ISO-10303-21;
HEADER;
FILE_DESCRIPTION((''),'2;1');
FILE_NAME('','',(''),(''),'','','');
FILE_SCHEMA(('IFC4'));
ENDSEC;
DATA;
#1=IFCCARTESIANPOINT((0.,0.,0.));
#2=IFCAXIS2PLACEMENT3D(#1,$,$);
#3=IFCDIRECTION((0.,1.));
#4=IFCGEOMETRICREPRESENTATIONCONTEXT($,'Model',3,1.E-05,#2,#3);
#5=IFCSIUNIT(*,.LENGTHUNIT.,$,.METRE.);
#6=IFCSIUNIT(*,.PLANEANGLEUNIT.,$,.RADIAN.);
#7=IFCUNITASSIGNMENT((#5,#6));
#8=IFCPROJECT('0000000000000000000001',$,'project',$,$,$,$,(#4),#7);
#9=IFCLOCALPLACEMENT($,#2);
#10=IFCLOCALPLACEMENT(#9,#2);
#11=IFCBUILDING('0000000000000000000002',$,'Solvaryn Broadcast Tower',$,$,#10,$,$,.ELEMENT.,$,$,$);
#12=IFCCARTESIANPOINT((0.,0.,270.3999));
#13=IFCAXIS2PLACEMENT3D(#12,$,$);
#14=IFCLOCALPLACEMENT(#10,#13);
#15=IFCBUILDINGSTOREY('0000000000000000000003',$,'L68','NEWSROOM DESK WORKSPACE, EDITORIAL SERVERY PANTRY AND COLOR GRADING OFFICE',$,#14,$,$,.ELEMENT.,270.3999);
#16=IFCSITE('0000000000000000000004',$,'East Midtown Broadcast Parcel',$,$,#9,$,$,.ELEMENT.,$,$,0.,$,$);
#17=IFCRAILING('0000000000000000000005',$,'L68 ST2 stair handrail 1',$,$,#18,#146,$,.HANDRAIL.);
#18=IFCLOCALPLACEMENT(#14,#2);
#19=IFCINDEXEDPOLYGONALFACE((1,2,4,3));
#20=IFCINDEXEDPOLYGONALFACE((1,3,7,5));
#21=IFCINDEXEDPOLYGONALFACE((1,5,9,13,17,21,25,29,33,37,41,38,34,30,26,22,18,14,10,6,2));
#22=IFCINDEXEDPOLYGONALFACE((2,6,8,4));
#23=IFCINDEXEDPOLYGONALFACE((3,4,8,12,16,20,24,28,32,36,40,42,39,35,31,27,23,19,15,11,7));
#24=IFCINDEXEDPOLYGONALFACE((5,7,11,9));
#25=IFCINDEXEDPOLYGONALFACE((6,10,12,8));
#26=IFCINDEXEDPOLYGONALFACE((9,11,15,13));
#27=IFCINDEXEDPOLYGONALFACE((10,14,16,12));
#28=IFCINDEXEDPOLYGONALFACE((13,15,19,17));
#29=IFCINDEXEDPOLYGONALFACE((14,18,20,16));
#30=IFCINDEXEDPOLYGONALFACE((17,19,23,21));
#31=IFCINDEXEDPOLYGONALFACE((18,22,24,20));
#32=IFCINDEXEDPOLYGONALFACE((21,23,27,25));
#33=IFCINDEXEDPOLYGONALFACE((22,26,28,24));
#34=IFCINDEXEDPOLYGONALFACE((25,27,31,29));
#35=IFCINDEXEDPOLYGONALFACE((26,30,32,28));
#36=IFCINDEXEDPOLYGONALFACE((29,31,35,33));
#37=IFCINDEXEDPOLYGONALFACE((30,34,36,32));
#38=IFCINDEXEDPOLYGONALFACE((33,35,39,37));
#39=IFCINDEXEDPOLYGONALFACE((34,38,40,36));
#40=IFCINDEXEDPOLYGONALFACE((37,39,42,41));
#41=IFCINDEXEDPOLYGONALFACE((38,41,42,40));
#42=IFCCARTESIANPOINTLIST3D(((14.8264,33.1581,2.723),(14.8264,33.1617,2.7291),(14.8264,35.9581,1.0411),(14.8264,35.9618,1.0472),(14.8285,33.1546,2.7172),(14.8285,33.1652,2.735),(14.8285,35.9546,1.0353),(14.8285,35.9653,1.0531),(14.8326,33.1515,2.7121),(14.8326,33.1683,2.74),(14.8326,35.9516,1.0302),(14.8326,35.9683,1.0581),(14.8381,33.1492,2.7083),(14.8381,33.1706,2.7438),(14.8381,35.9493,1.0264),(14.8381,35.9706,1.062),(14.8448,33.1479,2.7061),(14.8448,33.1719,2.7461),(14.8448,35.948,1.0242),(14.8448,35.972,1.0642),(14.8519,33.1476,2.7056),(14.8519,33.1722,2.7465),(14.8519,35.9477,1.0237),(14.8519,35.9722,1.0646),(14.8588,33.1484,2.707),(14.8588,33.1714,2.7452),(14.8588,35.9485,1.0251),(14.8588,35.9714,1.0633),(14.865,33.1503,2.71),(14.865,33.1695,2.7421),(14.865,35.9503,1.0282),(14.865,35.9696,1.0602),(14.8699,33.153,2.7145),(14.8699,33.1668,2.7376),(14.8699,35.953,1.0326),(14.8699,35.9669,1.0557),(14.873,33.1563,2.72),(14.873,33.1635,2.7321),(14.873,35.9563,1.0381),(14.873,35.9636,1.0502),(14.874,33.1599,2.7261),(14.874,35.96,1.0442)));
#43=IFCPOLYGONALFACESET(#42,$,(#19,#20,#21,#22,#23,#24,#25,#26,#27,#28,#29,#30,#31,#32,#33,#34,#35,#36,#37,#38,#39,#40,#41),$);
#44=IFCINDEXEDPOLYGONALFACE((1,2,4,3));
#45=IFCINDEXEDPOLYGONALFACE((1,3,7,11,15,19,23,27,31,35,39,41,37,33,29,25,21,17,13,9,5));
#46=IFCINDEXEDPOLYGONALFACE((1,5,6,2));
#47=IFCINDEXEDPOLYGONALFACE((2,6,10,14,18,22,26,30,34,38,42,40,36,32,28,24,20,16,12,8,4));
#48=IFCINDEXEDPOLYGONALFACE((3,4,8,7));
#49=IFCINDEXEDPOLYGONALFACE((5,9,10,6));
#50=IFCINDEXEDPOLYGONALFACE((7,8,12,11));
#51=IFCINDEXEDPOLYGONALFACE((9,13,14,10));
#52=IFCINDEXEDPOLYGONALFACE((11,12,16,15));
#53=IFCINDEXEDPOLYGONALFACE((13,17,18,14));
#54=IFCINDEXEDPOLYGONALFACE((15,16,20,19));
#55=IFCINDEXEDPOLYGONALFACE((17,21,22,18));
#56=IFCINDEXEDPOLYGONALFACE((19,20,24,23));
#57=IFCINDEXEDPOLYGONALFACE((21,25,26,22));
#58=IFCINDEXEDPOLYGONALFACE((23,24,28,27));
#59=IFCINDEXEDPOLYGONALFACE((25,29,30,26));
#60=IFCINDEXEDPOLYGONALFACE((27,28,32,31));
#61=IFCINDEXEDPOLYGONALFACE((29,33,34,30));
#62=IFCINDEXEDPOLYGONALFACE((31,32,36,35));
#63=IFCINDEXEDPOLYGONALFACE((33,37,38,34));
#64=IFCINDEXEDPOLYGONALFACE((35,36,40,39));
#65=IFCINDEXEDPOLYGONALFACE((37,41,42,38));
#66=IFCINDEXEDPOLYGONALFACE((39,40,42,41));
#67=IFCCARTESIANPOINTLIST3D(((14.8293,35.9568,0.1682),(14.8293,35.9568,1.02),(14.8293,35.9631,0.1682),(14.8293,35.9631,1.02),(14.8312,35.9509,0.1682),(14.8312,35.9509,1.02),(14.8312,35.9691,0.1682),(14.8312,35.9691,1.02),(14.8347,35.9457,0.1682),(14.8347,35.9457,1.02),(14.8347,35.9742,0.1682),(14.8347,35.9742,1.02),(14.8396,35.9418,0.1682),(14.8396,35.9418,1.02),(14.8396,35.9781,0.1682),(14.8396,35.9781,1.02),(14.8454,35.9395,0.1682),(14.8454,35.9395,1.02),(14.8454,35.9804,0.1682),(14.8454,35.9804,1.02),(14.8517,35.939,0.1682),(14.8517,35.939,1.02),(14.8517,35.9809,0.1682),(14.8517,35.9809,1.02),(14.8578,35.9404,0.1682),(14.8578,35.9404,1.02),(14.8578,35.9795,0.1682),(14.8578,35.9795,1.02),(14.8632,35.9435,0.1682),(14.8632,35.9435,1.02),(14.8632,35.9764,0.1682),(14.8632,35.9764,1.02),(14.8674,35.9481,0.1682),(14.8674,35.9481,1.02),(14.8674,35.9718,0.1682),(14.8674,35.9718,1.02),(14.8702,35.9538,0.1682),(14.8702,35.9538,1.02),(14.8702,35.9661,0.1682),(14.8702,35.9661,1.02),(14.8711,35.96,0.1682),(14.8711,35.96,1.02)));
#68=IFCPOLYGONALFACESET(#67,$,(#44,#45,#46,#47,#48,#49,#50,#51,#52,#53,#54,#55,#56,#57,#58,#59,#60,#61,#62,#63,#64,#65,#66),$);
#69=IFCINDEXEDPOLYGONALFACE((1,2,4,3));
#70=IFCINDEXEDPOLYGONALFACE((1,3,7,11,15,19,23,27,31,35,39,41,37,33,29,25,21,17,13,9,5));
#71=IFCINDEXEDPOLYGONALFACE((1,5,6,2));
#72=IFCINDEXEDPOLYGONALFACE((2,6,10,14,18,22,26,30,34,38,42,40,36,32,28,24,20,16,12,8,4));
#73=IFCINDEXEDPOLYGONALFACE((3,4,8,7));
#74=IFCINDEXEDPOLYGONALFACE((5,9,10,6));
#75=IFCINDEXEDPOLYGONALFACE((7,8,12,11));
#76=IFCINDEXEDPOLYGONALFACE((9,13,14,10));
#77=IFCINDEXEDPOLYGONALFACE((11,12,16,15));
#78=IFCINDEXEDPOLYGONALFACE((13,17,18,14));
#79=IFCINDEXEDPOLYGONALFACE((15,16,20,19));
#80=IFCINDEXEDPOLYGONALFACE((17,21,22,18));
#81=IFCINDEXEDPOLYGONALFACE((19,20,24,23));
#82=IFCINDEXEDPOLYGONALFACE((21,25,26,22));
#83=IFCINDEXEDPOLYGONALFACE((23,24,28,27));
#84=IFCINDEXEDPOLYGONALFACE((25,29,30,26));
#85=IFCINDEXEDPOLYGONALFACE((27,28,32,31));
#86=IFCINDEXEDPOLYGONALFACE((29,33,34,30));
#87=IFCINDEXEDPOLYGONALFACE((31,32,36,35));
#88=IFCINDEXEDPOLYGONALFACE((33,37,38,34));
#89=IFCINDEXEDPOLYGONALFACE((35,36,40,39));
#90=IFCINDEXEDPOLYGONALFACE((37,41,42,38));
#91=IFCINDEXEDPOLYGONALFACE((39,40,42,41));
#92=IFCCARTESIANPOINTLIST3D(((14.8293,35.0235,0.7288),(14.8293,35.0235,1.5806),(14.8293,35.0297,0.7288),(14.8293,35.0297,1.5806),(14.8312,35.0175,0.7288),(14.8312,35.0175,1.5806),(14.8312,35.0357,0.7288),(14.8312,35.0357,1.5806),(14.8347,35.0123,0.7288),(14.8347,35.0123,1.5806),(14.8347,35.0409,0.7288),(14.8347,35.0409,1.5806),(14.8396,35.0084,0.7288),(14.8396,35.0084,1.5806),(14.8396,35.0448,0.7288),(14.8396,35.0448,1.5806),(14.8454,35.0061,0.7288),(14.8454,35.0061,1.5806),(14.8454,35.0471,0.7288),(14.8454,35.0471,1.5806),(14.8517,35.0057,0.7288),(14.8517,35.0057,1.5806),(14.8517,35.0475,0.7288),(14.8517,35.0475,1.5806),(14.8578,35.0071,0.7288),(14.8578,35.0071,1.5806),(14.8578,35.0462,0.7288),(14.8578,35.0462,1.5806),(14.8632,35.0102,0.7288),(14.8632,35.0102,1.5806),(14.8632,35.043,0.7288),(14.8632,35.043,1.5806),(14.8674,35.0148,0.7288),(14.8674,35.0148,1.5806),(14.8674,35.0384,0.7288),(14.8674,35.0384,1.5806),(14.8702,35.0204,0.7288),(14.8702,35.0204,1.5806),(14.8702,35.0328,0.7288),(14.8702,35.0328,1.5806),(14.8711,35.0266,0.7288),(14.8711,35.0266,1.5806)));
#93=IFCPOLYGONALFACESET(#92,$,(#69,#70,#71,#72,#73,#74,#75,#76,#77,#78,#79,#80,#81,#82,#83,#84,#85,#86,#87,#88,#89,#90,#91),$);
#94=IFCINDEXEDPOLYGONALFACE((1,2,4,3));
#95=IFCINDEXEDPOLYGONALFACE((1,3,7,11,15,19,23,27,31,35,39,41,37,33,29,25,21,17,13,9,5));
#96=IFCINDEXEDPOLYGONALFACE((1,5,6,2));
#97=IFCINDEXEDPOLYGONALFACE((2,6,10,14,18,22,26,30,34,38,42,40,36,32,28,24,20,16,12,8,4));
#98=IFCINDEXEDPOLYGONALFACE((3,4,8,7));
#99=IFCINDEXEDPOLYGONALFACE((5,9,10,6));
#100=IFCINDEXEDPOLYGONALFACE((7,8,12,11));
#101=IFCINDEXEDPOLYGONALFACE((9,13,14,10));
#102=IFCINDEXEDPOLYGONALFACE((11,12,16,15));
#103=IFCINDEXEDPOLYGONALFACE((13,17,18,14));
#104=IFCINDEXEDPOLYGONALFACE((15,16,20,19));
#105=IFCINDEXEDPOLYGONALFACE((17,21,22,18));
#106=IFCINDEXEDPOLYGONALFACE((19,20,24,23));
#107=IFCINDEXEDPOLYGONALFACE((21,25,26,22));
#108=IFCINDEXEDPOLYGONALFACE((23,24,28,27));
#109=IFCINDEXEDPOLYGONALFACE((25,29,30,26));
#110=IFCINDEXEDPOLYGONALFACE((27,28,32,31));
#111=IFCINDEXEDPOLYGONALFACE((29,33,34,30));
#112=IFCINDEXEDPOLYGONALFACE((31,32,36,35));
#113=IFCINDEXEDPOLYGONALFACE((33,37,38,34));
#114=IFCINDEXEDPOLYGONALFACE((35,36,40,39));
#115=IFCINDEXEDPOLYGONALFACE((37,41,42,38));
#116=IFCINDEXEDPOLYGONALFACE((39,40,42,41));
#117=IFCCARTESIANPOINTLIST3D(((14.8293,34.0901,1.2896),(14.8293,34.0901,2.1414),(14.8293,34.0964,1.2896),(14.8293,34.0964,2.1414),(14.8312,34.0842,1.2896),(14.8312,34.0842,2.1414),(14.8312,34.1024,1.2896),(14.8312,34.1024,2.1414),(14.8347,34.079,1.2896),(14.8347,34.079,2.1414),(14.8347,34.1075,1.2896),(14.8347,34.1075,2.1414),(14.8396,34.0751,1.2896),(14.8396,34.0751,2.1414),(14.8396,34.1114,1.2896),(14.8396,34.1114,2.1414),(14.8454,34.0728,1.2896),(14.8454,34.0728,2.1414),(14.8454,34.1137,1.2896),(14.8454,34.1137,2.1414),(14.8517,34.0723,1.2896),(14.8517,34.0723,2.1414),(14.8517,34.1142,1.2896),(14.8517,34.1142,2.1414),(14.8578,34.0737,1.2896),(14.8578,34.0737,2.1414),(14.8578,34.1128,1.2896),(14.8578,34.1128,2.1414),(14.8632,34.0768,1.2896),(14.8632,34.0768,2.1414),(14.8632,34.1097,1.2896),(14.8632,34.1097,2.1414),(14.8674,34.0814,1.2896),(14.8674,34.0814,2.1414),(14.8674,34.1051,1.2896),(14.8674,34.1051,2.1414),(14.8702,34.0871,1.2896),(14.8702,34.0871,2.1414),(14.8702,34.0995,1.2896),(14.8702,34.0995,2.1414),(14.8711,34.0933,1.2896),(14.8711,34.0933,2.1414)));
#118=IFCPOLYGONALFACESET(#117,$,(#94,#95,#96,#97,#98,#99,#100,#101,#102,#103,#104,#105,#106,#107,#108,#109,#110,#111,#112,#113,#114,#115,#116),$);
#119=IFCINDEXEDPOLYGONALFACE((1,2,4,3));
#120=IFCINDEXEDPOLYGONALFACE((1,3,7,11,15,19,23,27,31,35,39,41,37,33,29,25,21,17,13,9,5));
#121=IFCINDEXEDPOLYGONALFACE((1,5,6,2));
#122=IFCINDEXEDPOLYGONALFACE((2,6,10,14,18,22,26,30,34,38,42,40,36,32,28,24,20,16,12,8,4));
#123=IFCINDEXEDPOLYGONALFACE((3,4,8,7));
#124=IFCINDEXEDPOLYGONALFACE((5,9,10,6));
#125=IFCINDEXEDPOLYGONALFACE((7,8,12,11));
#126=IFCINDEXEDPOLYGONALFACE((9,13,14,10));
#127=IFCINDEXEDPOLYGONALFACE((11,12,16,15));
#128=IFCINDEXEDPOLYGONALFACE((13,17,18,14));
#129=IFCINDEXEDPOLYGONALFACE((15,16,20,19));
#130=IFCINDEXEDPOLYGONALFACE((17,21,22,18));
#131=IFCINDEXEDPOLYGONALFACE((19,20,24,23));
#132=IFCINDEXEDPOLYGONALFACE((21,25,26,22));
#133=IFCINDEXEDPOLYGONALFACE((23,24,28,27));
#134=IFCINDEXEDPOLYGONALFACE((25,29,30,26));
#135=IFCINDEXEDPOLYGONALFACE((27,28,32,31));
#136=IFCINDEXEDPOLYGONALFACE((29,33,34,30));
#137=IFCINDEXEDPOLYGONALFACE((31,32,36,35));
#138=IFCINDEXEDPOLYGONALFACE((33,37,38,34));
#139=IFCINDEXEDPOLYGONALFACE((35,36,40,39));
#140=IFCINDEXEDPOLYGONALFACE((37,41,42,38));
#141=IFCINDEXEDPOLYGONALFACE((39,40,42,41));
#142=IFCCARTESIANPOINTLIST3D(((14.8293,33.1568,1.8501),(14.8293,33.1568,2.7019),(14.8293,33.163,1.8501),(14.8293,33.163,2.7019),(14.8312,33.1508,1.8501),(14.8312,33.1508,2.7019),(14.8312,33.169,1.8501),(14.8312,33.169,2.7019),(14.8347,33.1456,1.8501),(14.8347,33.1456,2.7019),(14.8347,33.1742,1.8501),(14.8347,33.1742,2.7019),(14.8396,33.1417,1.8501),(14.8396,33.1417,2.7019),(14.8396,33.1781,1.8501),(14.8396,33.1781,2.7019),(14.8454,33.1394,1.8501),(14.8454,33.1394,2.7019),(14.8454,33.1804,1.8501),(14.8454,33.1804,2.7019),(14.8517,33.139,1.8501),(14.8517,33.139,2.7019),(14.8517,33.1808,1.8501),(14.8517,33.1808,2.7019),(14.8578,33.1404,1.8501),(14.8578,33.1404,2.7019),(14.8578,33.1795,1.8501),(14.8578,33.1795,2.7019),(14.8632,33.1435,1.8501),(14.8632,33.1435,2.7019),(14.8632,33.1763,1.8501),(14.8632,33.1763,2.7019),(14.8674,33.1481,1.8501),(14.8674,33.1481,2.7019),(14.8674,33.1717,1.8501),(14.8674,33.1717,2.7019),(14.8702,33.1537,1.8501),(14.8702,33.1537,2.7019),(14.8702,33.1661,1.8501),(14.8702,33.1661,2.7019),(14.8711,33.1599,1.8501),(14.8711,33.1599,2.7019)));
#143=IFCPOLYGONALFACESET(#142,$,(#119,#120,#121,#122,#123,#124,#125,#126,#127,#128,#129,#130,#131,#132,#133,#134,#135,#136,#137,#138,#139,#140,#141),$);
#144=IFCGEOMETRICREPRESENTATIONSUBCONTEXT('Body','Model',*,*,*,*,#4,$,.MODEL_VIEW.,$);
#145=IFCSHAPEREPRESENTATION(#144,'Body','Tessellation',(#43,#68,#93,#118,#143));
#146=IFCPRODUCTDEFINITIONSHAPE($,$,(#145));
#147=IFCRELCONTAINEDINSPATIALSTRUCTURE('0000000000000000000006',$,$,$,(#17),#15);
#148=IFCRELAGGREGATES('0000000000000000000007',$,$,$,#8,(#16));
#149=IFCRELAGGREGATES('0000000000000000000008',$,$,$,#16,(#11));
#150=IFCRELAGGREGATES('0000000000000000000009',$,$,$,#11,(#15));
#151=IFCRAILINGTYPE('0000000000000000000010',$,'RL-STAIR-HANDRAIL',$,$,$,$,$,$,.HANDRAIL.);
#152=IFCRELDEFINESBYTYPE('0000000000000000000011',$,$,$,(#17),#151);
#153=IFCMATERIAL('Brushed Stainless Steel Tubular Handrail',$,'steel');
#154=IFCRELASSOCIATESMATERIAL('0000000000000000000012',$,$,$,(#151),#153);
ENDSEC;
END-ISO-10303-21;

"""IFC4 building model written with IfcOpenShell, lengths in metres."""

from ifc_helpers import new_model, si_unit, direction, frame, origin, origin_2d, place, context, subcontext, project, spatial, circle, extrude, material, type_object, element, save


model = new_model("IFC4")

# Units and contexts
model_context = context("Model", 3, precision=1e-05, world=origin(), true_north=direction((0.0, 1.0)))
body_context = subcontext(model_context, "Body", "Model", "MODEL_VIEW")
ifc_project = project(units=[si_unit("LENGTHUNIT", "METRE"), si_unit("PLANEANGLEUNIT", "RADIAN")], contexts=[model_context])

# Site, building, storey
site_placement = place(None, origin())
site = spatial("IfcSite", under=ifc_project, at=site_placement, Name="East Midtown Broadcast Parcel", CompositionType="ELEMENT", RefElevation=0.0)
building_placement = place(site_placement, origin())
building = spatial("IfcBuilding", under=site, at=building_placement, Name="Solvaryn Broadcast Tower", CompositionType="ELEMENT")
storey_placement = place(building_placement, frame((0.0, 0.0, 270.3999)))
storey = spatial("IfcBuildingStorey", under=building, at=storey_placement, Name="L68", Description="NEWSROOM DESK WORKSPACE, EDITORIAL SERVERY PANTRY AND COLOR GRADING OFFICE", CompositionType="ELEMENT", Elevation=270.3999)

# Railing
ifc_material_1 = material(Name="Brushed Stainless Steel Tubular Handrail", Category="steel")
railing_type_1 = type_object("IfcRailingType", Name="RL-STAIR-HANDRAIL", PredefinedType="HANDRAIL", material=ifc_material_1)
railing_1_placement = place(storey_placement, frame((14.8501, 35.96, 0.1682)))
element("IfcRailing", 1, at=railing_1_placement, inside=storey, type_object=railing_type_1, Name="L68 ST2 stair handrail 1", PredefinedType="HANDRAIL", context=body_context, shape_type="SweptSolid", body=[
    extrude(circle(Radius=0.0239, at=origin_2d()), frame((0.0, 0.0, 0.876), z_axis=(0.0, -0.857242, 0.514913), x_axis=(1.0, 0.0, 0.0)), (0.0, 0.0, 1.0), 3.2664),
    extrude(circle(Radius=0.021, at=origin_2d()), origin(), (0.0, 0.0, 1.0), 0.8518),
    extrude(circle(Radius=0.021, at=origin_2d()), frame((0.0, -0.9333, 0.5605)), (0.0, 0.0, 1.0), 0.8518),
    extrude(circle(Radius=0.021, at=origin_2d()), frame((0.0, -1.8667, 1.1213)), (0.0, 0.0, 1.0), 0.8518),
    extrude(circle(Radius=0.021, at=origin_2d()), frame((0.0, -2.8, 1.6819)), (0.0, 0.0, 1.0), 0.8518),
])

save(model, "model.ifc")
